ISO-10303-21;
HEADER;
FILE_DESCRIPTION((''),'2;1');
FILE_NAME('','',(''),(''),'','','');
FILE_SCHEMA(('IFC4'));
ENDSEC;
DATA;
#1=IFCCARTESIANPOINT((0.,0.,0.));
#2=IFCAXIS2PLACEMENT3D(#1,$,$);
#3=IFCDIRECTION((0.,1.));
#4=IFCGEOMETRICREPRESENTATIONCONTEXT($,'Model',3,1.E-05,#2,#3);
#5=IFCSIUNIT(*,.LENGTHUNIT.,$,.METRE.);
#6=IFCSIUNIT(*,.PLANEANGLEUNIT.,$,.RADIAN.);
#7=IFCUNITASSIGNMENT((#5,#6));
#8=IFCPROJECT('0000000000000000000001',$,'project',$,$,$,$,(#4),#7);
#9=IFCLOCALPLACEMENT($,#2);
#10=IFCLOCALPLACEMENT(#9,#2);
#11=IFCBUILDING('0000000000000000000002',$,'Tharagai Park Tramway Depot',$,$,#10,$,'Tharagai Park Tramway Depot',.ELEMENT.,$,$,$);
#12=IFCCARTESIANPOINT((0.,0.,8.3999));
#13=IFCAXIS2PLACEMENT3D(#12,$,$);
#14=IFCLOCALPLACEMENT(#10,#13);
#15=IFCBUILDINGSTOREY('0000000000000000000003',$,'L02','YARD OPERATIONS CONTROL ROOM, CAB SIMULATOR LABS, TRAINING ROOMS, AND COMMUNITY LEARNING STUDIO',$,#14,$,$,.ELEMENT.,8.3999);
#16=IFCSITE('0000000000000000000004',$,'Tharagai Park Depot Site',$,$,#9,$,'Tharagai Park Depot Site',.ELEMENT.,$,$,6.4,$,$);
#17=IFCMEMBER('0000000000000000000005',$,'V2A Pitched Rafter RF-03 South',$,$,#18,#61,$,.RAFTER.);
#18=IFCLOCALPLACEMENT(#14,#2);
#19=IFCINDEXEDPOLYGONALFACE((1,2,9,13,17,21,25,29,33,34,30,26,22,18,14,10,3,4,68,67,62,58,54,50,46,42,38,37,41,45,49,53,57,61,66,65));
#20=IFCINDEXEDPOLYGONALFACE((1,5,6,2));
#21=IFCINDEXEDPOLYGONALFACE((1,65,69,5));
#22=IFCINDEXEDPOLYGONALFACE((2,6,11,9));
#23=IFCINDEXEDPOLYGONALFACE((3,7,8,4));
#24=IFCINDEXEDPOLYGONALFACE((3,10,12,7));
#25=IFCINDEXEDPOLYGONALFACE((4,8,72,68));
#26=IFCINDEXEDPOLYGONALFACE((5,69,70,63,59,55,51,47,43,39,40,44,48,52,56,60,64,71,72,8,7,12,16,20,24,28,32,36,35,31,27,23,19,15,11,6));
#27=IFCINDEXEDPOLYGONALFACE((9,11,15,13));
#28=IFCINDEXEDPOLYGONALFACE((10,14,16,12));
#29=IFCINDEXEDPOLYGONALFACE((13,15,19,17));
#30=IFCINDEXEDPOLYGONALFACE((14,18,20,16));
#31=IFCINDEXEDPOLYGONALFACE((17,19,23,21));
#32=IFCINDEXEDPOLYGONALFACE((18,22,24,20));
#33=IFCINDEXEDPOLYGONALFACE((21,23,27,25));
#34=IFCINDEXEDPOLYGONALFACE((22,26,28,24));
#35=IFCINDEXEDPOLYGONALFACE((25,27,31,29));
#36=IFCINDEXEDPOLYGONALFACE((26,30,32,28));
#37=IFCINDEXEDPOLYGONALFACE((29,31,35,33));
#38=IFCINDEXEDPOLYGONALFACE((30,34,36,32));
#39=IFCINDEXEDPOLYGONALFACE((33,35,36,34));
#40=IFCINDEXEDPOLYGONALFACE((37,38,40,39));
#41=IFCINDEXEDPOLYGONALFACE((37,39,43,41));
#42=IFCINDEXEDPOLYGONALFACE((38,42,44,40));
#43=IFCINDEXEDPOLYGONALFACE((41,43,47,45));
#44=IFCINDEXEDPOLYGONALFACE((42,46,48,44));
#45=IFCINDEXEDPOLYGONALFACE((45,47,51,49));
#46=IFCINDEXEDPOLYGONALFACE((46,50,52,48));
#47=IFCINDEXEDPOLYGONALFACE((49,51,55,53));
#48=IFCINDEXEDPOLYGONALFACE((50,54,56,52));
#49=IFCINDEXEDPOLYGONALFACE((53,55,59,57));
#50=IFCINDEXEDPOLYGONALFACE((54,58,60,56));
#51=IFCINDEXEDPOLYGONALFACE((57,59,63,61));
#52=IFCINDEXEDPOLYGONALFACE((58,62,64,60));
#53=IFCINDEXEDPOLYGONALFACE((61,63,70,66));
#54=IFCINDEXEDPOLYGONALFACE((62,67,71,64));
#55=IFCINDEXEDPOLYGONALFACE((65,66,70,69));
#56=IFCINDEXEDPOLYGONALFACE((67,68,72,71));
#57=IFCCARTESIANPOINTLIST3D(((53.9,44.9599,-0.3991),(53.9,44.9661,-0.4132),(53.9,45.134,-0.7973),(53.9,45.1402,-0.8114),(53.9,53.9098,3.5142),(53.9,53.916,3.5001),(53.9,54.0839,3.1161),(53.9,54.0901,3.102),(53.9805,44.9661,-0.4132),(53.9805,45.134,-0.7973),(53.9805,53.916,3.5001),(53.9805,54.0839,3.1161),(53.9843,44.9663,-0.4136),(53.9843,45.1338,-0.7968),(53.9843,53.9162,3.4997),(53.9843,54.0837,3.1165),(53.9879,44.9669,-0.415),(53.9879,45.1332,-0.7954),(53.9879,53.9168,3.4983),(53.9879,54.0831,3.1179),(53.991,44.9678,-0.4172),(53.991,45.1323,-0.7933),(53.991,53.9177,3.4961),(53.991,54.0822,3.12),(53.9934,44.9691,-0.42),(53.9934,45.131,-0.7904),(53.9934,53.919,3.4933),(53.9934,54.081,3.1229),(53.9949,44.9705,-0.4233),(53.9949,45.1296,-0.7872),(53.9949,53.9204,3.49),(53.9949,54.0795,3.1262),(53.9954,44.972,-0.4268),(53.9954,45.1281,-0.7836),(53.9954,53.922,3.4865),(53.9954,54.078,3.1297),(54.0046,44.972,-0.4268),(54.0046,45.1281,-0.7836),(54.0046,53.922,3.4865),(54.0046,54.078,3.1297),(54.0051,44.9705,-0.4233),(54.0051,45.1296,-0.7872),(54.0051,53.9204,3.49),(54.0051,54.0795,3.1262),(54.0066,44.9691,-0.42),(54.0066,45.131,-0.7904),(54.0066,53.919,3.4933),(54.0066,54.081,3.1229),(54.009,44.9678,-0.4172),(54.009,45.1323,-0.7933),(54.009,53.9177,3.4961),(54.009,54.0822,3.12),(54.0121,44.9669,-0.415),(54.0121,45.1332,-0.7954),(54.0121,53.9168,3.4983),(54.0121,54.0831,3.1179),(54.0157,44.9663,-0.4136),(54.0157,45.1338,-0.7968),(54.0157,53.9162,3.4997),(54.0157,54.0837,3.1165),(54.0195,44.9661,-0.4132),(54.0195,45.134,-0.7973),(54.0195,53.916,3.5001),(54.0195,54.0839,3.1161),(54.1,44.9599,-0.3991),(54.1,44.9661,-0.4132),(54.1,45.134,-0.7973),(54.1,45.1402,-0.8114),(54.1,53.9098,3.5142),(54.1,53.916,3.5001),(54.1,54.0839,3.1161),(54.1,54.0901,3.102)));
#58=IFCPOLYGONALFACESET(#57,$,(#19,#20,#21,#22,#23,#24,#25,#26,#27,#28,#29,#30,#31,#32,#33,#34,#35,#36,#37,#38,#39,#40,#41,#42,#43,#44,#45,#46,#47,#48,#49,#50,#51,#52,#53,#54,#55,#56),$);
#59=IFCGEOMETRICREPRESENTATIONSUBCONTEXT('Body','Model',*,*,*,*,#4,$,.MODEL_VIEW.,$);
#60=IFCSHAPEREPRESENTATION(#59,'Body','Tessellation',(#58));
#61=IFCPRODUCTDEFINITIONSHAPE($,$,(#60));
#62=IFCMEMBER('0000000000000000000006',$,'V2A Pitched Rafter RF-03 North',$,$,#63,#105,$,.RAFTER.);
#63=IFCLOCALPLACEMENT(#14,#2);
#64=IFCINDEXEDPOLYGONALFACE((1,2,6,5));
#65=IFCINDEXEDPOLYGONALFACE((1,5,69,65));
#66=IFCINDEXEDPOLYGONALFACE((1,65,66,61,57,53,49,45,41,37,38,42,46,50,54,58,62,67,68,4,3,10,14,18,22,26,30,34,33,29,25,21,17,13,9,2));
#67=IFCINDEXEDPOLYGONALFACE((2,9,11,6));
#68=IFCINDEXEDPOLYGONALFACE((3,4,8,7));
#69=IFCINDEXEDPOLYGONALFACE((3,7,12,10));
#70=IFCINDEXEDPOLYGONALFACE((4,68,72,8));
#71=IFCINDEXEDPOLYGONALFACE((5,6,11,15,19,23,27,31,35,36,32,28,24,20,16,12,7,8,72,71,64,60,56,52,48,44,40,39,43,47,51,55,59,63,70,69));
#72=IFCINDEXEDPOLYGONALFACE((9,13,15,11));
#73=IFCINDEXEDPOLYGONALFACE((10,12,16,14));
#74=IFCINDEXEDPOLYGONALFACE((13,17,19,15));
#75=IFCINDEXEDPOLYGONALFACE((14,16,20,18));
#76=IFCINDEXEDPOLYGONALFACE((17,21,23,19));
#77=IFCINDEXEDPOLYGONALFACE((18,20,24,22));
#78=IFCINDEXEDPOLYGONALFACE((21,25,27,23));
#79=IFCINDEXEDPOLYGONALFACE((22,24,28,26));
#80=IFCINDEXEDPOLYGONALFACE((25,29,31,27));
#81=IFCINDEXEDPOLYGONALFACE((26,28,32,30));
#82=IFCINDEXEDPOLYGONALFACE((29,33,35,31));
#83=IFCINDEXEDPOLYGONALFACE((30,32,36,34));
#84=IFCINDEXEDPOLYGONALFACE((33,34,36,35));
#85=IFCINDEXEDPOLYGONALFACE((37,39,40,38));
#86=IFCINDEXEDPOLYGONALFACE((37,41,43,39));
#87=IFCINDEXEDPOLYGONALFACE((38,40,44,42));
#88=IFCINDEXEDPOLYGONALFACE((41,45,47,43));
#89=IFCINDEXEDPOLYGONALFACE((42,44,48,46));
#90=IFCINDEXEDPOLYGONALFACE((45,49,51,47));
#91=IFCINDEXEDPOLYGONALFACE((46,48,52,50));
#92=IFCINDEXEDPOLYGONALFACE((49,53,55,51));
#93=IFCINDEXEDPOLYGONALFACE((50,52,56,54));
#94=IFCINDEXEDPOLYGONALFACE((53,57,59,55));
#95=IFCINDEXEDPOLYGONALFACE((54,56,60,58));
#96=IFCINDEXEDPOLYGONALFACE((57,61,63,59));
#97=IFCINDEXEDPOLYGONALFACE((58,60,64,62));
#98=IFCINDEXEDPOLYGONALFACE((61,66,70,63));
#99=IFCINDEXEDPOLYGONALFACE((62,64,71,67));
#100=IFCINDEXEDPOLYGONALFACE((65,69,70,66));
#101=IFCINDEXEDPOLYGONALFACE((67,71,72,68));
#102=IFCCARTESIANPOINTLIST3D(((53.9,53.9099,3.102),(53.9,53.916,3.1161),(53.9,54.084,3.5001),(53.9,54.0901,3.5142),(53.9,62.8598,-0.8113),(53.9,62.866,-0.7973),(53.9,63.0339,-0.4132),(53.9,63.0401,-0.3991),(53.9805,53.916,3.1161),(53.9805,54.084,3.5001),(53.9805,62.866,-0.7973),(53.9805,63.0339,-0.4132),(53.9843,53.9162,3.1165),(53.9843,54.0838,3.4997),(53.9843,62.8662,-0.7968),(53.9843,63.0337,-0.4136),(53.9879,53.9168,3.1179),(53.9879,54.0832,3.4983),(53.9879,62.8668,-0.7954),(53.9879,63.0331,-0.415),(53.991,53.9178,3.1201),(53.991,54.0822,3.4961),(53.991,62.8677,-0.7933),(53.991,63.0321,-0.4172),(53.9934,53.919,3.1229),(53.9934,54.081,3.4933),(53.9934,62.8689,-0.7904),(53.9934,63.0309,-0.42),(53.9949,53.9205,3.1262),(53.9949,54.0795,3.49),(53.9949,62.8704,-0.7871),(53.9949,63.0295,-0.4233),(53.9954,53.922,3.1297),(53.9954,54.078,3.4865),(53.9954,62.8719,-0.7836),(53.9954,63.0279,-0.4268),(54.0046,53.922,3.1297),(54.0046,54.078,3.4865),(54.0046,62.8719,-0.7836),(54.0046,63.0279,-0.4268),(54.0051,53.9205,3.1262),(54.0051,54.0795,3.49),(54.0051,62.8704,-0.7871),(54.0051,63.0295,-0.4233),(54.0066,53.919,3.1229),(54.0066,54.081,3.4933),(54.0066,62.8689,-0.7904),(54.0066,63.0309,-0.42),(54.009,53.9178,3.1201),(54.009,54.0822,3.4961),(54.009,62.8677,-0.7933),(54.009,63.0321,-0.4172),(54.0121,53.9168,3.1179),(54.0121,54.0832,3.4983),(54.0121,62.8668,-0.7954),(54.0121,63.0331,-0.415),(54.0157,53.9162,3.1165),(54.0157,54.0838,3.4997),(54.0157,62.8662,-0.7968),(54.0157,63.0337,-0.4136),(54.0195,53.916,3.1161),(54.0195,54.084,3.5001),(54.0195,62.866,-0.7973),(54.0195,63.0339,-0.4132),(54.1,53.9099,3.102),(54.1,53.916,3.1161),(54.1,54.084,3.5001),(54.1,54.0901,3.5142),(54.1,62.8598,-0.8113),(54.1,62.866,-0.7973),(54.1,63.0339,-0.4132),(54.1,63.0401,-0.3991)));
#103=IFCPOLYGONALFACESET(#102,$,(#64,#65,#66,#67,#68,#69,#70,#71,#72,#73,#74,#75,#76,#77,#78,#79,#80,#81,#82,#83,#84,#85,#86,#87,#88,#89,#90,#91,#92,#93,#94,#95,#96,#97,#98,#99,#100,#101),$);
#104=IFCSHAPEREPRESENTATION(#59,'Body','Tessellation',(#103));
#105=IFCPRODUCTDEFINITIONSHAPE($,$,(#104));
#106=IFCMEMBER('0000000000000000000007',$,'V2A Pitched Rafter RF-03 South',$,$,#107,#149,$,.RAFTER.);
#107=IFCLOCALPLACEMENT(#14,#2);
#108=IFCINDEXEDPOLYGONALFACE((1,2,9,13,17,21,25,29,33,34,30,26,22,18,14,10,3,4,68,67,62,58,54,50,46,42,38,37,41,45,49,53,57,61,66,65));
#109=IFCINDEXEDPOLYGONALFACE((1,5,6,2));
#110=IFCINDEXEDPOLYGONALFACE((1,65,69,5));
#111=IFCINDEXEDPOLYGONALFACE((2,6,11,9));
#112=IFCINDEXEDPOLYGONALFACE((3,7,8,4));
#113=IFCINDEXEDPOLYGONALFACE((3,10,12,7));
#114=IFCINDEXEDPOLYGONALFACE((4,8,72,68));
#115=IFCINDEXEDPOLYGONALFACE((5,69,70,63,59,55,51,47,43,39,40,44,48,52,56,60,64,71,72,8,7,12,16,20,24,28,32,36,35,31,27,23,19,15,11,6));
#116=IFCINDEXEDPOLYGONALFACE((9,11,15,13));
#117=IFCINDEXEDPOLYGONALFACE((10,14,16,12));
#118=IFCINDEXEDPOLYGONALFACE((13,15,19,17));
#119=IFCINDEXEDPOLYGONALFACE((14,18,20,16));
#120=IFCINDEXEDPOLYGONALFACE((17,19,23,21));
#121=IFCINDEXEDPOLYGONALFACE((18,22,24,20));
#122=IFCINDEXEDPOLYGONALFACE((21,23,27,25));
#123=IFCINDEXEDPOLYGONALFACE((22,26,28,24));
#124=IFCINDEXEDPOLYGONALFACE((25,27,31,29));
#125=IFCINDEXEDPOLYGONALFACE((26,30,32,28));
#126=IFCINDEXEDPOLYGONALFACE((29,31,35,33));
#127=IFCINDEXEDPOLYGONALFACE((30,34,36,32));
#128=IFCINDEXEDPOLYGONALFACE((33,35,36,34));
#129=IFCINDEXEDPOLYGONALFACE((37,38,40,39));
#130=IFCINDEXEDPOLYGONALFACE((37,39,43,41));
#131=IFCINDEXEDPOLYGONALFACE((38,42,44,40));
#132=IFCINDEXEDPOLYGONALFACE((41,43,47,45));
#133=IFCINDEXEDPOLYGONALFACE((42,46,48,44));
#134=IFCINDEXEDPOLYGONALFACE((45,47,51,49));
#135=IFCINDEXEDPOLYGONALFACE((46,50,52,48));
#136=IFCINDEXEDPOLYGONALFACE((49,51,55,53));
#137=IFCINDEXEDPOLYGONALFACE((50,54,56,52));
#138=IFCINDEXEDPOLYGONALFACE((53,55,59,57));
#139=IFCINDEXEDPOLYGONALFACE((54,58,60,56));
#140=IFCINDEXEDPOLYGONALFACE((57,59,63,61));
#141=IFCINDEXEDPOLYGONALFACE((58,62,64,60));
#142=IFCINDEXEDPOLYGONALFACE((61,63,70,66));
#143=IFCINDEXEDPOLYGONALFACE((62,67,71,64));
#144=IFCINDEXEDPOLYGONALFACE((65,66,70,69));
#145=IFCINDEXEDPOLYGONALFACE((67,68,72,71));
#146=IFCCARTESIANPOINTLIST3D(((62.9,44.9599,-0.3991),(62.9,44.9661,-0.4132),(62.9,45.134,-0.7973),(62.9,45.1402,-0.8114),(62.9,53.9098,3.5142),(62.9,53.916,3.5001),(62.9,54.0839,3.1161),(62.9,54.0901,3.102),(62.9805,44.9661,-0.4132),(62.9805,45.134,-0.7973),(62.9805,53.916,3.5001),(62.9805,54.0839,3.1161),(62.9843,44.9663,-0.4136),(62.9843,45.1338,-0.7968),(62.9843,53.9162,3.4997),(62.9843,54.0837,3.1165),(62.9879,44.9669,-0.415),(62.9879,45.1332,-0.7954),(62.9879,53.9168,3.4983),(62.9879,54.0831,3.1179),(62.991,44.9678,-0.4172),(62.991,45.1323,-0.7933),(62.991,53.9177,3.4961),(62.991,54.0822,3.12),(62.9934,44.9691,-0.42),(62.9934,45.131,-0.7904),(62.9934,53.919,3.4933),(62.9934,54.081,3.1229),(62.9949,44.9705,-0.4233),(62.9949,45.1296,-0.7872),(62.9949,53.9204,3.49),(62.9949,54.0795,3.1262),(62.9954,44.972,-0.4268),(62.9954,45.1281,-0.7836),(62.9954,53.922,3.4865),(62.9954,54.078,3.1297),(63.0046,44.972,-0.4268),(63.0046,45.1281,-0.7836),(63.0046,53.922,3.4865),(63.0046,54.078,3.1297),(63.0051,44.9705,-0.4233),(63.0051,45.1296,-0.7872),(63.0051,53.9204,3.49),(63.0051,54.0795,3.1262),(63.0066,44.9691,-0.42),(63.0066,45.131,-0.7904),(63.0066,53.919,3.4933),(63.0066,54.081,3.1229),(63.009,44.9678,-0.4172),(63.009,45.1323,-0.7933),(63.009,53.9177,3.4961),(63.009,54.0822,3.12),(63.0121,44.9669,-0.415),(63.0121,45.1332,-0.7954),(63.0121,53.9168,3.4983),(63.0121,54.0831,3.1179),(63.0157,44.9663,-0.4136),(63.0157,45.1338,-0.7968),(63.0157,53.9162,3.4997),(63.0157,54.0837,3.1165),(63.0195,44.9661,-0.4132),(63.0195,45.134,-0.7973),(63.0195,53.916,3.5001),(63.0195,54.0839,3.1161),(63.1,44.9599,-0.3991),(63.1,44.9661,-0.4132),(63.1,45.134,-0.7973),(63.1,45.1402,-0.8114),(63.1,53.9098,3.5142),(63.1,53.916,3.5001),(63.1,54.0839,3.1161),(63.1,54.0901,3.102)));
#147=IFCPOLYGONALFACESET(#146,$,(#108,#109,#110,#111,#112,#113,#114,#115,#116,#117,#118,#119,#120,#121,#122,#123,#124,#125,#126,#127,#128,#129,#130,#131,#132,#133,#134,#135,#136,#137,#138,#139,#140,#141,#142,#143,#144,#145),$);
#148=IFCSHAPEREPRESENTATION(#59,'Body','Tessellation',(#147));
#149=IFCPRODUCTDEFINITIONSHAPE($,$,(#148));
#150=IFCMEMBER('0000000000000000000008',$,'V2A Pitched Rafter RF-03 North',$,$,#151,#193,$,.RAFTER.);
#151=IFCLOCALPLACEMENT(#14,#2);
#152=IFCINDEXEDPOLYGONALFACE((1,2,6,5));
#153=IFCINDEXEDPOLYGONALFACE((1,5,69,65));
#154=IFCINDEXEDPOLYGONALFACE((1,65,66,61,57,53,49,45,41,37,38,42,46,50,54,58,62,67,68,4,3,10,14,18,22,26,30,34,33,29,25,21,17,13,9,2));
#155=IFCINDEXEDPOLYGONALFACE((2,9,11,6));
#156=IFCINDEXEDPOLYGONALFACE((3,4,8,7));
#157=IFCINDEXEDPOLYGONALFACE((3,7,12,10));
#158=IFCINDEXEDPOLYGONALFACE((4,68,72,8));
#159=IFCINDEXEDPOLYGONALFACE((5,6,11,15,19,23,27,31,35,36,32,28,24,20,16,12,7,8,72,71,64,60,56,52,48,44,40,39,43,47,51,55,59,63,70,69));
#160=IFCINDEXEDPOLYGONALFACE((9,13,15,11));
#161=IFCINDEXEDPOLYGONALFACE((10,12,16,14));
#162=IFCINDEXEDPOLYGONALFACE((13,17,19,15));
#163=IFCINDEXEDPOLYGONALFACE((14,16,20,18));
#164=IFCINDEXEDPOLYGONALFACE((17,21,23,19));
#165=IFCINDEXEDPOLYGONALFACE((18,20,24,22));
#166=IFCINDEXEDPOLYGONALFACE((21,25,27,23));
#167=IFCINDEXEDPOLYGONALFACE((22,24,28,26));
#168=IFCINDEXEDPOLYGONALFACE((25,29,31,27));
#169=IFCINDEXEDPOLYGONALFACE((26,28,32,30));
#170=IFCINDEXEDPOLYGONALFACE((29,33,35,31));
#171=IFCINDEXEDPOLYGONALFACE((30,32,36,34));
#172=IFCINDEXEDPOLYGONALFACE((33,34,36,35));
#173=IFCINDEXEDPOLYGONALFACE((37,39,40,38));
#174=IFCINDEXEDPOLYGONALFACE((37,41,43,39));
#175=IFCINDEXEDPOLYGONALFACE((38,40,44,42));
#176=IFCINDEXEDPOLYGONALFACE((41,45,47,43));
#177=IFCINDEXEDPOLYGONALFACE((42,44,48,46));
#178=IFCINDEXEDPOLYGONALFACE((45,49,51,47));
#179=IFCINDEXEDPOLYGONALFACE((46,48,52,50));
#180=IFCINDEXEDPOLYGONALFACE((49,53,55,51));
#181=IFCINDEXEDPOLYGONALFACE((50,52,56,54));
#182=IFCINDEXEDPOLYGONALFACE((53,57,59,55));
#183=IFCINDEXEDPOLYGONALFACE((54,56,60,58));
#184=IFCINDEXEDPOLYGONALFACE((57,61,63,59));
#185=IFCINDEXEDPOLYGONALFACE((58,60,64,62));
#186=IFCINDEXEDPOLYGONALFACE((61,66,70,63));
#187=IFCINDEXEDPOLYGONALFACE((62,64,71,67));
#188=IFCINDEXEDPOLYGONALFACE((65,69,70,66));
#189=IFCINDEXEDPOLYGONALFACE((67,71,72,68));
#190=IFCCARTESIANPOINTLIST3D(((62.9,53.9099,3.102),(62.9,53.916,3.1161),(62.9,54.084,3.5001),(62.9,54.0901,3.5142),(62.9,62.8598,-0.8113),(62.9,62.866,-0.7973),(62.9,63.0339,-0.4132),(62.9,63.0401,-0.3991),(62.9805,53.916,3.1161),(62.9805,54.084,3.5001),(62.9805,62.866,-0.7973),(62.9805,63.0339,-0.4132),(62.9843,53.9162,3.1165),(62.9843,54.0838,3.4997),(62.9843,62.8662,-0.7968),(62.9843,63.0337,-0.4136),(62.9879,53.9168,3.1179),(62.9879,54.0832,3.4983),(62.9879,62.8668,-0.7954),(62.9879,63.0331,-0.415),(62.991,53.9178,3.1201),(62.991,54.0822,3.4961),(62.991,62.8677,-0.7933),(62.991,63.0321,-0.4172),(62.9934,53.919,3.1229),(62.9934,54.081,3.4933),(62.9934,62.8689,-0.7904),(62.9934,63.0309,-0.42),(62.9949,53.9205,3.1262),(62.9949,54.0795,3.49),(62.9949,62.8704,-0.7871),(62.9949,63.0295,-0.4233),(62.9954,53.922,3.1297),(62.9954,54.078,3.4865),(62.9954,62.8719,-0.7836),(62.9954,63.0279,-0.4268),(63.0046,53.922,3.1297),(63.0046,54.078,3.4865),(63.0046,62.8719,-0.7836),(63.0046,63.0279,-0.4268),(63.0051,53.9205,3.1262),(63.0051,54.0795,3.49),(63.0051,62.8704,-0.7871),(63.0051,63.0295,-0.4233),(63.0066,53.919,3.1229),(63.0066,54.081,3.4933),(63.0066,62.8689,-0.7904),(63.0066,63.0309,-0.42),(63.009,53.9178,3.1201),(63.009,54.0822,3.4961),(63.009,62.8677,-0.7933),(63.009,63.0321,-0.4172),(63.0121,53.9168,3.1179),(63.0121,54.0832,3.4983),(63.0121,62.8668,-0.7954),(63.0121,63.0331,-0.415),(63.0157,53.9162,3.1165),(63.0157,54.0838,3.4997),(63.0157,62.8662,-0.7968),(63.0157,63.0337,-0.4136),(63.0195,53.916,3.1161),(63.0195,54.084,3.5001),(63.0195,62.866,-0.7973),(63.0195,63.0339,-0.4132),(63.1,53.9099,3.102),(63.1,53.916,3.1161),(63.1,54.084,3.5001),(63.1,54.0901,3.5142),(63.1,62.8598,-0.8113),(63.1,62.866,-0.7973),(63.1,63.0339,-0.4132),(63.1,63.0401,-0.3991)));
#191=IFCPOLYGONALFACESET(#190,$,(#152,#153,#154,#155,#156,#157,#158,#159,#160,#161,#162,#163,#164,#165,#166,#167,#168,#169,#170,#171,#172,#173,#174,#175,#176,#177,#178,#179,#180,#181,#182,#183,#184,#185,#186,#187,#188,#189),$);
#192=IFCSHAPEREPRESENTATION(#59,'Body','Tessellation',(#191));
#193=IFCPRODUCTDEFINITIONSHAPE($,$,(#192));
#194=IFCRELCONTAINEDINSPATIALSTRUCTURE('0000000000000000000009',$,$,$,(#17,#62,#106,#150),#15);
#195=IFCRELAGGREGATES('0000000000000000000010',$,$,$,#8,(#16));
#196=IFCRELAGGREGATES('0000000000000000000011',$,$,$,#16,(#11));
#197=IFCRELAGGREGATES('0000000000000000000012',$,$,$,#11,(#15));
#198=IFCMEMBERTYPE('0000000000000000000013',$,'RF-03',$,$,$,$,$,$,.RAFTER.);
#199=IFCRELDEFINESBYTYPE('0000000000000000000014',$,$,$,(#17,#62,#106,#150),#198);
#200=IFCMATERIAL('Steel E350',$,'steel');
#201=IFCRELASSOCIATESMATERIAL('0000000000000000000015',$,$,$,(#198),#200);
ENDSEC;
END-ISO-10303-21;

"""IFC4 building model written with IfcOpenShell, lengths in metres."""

from ifc_helpers import new_model, si_unit, direction, frame, origin, origin_2d, place, context, subcontext, project, spatial, i_section, extrude, material, material_profile, profile_set, type_object, element, save


model = new_model("IFC4")

# Units and contexts
model_context = context("Model", 3, precision=1e-05, world=origin(), true_north=direction((0.0, 1.0)))
body_context = subcontext(model_context, "Body", "Model", "MODEL_VIEW")
ifc_project = project(units=[si_unit("LENGTHUNIT", "METRE"), si_unit("PLANEANGLEUNIT", "RADIAN")], contexts=[model_context])

# Site, building, storey
site_placement = place(None, origin())
site = spatial("IfcSite", under=ifc_project, at=site_placement, Name="Tharagai Park Depot Site", LongName="Tharagai Park Depot Site", CompositionType="ELEMENT", RefElevation=6.4)
building_placement = place(site_placement, origin())
building = spatial("IfcBuilding", under=site, at=building_placement, Name="Tharagai Park Tramway Depot", LongName="Tharagai Park Tramway Depot", CompositionType="ELEMENT")
storey_placement = place(building_placement, frame((0.0, 0.0, 8.3999)))
storey = spatial("IfcBuildingStorey", under=building, at=storey_placement, Name="L02", Description="YARD OPERATIONS CONTROL ROOM, CAB SIMULATOR LABS, TRAINING ROOMS, AND COMMUNITY LEARNING STUDIO", CompositionType="ELEMENT", Elevation=8.3999)

# Shared definitions
ifc_material_1 = material(Name="Steel E350", Category="steel")

# Members
ifc_material_profile_1 = material_profile(ifc_material_1, i_section(OverallWidth=0.2, OverallDepth=0.45, WebThickness=0.0093, FlangeThickness=0.0154, FilletRadius=0.0149, at=origin_2d()), Name="ISWB 450")
ifc_profile_set_1 = profile_set([ifc_material_profile_1], Name="Steel E350")
member_type_1 = type_object("IfcMemberType", Name="RF-03", PredefinedType="RAFTER", material=ifc_profile_set_1)
for number, where, z_axis, x_axis, name in (
    (1, (54.0, 45.05, -0.6052), (0.0, 0.916243, 0.400623), (-1.0, 0.0, 0.0), "V2A Pitched Rafter RF-03 South"),
    (2, (54.0, 54.0, 3.3081), (0.0, 0.916243, -0.400623), (-1.0, 0.0, 0.0), "V2A Pitched Rafter RF-03 North"),
    (3, (63.0, 45.05, -0.6052), (0.0, 0.916243, 0.400623), (-1.0, 0.0, 0.0), "V2A Pitched Rafter RF-03 South"),
    (4, (63.0, 54.0, 3.3081), (0.0, 0.916243, -0.400623), (-1.0, 0.0, 0.0), "V2A Pitched Rafter RF-03 North"),
):
    element("IfcMember", number, at=place(storey_placement, frame(where, z_axis=z_axis, x_axis=x_axis)), inside=storey, type_object=member_type_1, Name=name, PredefinedType="RAFTER", context=body_context, shape_type="SweptSolid", body=[
        extrude(i_section(OverallWidth=0.2, OverallDepth=0.45, WebThickness=0.0093, FlangeThickness=0.0154, FilletRadius=0.0149, at=origin_2d()), origin(), (0.0, 0.0, 1.0), 9.7681),
    ])

save(model, "model.ifc")
